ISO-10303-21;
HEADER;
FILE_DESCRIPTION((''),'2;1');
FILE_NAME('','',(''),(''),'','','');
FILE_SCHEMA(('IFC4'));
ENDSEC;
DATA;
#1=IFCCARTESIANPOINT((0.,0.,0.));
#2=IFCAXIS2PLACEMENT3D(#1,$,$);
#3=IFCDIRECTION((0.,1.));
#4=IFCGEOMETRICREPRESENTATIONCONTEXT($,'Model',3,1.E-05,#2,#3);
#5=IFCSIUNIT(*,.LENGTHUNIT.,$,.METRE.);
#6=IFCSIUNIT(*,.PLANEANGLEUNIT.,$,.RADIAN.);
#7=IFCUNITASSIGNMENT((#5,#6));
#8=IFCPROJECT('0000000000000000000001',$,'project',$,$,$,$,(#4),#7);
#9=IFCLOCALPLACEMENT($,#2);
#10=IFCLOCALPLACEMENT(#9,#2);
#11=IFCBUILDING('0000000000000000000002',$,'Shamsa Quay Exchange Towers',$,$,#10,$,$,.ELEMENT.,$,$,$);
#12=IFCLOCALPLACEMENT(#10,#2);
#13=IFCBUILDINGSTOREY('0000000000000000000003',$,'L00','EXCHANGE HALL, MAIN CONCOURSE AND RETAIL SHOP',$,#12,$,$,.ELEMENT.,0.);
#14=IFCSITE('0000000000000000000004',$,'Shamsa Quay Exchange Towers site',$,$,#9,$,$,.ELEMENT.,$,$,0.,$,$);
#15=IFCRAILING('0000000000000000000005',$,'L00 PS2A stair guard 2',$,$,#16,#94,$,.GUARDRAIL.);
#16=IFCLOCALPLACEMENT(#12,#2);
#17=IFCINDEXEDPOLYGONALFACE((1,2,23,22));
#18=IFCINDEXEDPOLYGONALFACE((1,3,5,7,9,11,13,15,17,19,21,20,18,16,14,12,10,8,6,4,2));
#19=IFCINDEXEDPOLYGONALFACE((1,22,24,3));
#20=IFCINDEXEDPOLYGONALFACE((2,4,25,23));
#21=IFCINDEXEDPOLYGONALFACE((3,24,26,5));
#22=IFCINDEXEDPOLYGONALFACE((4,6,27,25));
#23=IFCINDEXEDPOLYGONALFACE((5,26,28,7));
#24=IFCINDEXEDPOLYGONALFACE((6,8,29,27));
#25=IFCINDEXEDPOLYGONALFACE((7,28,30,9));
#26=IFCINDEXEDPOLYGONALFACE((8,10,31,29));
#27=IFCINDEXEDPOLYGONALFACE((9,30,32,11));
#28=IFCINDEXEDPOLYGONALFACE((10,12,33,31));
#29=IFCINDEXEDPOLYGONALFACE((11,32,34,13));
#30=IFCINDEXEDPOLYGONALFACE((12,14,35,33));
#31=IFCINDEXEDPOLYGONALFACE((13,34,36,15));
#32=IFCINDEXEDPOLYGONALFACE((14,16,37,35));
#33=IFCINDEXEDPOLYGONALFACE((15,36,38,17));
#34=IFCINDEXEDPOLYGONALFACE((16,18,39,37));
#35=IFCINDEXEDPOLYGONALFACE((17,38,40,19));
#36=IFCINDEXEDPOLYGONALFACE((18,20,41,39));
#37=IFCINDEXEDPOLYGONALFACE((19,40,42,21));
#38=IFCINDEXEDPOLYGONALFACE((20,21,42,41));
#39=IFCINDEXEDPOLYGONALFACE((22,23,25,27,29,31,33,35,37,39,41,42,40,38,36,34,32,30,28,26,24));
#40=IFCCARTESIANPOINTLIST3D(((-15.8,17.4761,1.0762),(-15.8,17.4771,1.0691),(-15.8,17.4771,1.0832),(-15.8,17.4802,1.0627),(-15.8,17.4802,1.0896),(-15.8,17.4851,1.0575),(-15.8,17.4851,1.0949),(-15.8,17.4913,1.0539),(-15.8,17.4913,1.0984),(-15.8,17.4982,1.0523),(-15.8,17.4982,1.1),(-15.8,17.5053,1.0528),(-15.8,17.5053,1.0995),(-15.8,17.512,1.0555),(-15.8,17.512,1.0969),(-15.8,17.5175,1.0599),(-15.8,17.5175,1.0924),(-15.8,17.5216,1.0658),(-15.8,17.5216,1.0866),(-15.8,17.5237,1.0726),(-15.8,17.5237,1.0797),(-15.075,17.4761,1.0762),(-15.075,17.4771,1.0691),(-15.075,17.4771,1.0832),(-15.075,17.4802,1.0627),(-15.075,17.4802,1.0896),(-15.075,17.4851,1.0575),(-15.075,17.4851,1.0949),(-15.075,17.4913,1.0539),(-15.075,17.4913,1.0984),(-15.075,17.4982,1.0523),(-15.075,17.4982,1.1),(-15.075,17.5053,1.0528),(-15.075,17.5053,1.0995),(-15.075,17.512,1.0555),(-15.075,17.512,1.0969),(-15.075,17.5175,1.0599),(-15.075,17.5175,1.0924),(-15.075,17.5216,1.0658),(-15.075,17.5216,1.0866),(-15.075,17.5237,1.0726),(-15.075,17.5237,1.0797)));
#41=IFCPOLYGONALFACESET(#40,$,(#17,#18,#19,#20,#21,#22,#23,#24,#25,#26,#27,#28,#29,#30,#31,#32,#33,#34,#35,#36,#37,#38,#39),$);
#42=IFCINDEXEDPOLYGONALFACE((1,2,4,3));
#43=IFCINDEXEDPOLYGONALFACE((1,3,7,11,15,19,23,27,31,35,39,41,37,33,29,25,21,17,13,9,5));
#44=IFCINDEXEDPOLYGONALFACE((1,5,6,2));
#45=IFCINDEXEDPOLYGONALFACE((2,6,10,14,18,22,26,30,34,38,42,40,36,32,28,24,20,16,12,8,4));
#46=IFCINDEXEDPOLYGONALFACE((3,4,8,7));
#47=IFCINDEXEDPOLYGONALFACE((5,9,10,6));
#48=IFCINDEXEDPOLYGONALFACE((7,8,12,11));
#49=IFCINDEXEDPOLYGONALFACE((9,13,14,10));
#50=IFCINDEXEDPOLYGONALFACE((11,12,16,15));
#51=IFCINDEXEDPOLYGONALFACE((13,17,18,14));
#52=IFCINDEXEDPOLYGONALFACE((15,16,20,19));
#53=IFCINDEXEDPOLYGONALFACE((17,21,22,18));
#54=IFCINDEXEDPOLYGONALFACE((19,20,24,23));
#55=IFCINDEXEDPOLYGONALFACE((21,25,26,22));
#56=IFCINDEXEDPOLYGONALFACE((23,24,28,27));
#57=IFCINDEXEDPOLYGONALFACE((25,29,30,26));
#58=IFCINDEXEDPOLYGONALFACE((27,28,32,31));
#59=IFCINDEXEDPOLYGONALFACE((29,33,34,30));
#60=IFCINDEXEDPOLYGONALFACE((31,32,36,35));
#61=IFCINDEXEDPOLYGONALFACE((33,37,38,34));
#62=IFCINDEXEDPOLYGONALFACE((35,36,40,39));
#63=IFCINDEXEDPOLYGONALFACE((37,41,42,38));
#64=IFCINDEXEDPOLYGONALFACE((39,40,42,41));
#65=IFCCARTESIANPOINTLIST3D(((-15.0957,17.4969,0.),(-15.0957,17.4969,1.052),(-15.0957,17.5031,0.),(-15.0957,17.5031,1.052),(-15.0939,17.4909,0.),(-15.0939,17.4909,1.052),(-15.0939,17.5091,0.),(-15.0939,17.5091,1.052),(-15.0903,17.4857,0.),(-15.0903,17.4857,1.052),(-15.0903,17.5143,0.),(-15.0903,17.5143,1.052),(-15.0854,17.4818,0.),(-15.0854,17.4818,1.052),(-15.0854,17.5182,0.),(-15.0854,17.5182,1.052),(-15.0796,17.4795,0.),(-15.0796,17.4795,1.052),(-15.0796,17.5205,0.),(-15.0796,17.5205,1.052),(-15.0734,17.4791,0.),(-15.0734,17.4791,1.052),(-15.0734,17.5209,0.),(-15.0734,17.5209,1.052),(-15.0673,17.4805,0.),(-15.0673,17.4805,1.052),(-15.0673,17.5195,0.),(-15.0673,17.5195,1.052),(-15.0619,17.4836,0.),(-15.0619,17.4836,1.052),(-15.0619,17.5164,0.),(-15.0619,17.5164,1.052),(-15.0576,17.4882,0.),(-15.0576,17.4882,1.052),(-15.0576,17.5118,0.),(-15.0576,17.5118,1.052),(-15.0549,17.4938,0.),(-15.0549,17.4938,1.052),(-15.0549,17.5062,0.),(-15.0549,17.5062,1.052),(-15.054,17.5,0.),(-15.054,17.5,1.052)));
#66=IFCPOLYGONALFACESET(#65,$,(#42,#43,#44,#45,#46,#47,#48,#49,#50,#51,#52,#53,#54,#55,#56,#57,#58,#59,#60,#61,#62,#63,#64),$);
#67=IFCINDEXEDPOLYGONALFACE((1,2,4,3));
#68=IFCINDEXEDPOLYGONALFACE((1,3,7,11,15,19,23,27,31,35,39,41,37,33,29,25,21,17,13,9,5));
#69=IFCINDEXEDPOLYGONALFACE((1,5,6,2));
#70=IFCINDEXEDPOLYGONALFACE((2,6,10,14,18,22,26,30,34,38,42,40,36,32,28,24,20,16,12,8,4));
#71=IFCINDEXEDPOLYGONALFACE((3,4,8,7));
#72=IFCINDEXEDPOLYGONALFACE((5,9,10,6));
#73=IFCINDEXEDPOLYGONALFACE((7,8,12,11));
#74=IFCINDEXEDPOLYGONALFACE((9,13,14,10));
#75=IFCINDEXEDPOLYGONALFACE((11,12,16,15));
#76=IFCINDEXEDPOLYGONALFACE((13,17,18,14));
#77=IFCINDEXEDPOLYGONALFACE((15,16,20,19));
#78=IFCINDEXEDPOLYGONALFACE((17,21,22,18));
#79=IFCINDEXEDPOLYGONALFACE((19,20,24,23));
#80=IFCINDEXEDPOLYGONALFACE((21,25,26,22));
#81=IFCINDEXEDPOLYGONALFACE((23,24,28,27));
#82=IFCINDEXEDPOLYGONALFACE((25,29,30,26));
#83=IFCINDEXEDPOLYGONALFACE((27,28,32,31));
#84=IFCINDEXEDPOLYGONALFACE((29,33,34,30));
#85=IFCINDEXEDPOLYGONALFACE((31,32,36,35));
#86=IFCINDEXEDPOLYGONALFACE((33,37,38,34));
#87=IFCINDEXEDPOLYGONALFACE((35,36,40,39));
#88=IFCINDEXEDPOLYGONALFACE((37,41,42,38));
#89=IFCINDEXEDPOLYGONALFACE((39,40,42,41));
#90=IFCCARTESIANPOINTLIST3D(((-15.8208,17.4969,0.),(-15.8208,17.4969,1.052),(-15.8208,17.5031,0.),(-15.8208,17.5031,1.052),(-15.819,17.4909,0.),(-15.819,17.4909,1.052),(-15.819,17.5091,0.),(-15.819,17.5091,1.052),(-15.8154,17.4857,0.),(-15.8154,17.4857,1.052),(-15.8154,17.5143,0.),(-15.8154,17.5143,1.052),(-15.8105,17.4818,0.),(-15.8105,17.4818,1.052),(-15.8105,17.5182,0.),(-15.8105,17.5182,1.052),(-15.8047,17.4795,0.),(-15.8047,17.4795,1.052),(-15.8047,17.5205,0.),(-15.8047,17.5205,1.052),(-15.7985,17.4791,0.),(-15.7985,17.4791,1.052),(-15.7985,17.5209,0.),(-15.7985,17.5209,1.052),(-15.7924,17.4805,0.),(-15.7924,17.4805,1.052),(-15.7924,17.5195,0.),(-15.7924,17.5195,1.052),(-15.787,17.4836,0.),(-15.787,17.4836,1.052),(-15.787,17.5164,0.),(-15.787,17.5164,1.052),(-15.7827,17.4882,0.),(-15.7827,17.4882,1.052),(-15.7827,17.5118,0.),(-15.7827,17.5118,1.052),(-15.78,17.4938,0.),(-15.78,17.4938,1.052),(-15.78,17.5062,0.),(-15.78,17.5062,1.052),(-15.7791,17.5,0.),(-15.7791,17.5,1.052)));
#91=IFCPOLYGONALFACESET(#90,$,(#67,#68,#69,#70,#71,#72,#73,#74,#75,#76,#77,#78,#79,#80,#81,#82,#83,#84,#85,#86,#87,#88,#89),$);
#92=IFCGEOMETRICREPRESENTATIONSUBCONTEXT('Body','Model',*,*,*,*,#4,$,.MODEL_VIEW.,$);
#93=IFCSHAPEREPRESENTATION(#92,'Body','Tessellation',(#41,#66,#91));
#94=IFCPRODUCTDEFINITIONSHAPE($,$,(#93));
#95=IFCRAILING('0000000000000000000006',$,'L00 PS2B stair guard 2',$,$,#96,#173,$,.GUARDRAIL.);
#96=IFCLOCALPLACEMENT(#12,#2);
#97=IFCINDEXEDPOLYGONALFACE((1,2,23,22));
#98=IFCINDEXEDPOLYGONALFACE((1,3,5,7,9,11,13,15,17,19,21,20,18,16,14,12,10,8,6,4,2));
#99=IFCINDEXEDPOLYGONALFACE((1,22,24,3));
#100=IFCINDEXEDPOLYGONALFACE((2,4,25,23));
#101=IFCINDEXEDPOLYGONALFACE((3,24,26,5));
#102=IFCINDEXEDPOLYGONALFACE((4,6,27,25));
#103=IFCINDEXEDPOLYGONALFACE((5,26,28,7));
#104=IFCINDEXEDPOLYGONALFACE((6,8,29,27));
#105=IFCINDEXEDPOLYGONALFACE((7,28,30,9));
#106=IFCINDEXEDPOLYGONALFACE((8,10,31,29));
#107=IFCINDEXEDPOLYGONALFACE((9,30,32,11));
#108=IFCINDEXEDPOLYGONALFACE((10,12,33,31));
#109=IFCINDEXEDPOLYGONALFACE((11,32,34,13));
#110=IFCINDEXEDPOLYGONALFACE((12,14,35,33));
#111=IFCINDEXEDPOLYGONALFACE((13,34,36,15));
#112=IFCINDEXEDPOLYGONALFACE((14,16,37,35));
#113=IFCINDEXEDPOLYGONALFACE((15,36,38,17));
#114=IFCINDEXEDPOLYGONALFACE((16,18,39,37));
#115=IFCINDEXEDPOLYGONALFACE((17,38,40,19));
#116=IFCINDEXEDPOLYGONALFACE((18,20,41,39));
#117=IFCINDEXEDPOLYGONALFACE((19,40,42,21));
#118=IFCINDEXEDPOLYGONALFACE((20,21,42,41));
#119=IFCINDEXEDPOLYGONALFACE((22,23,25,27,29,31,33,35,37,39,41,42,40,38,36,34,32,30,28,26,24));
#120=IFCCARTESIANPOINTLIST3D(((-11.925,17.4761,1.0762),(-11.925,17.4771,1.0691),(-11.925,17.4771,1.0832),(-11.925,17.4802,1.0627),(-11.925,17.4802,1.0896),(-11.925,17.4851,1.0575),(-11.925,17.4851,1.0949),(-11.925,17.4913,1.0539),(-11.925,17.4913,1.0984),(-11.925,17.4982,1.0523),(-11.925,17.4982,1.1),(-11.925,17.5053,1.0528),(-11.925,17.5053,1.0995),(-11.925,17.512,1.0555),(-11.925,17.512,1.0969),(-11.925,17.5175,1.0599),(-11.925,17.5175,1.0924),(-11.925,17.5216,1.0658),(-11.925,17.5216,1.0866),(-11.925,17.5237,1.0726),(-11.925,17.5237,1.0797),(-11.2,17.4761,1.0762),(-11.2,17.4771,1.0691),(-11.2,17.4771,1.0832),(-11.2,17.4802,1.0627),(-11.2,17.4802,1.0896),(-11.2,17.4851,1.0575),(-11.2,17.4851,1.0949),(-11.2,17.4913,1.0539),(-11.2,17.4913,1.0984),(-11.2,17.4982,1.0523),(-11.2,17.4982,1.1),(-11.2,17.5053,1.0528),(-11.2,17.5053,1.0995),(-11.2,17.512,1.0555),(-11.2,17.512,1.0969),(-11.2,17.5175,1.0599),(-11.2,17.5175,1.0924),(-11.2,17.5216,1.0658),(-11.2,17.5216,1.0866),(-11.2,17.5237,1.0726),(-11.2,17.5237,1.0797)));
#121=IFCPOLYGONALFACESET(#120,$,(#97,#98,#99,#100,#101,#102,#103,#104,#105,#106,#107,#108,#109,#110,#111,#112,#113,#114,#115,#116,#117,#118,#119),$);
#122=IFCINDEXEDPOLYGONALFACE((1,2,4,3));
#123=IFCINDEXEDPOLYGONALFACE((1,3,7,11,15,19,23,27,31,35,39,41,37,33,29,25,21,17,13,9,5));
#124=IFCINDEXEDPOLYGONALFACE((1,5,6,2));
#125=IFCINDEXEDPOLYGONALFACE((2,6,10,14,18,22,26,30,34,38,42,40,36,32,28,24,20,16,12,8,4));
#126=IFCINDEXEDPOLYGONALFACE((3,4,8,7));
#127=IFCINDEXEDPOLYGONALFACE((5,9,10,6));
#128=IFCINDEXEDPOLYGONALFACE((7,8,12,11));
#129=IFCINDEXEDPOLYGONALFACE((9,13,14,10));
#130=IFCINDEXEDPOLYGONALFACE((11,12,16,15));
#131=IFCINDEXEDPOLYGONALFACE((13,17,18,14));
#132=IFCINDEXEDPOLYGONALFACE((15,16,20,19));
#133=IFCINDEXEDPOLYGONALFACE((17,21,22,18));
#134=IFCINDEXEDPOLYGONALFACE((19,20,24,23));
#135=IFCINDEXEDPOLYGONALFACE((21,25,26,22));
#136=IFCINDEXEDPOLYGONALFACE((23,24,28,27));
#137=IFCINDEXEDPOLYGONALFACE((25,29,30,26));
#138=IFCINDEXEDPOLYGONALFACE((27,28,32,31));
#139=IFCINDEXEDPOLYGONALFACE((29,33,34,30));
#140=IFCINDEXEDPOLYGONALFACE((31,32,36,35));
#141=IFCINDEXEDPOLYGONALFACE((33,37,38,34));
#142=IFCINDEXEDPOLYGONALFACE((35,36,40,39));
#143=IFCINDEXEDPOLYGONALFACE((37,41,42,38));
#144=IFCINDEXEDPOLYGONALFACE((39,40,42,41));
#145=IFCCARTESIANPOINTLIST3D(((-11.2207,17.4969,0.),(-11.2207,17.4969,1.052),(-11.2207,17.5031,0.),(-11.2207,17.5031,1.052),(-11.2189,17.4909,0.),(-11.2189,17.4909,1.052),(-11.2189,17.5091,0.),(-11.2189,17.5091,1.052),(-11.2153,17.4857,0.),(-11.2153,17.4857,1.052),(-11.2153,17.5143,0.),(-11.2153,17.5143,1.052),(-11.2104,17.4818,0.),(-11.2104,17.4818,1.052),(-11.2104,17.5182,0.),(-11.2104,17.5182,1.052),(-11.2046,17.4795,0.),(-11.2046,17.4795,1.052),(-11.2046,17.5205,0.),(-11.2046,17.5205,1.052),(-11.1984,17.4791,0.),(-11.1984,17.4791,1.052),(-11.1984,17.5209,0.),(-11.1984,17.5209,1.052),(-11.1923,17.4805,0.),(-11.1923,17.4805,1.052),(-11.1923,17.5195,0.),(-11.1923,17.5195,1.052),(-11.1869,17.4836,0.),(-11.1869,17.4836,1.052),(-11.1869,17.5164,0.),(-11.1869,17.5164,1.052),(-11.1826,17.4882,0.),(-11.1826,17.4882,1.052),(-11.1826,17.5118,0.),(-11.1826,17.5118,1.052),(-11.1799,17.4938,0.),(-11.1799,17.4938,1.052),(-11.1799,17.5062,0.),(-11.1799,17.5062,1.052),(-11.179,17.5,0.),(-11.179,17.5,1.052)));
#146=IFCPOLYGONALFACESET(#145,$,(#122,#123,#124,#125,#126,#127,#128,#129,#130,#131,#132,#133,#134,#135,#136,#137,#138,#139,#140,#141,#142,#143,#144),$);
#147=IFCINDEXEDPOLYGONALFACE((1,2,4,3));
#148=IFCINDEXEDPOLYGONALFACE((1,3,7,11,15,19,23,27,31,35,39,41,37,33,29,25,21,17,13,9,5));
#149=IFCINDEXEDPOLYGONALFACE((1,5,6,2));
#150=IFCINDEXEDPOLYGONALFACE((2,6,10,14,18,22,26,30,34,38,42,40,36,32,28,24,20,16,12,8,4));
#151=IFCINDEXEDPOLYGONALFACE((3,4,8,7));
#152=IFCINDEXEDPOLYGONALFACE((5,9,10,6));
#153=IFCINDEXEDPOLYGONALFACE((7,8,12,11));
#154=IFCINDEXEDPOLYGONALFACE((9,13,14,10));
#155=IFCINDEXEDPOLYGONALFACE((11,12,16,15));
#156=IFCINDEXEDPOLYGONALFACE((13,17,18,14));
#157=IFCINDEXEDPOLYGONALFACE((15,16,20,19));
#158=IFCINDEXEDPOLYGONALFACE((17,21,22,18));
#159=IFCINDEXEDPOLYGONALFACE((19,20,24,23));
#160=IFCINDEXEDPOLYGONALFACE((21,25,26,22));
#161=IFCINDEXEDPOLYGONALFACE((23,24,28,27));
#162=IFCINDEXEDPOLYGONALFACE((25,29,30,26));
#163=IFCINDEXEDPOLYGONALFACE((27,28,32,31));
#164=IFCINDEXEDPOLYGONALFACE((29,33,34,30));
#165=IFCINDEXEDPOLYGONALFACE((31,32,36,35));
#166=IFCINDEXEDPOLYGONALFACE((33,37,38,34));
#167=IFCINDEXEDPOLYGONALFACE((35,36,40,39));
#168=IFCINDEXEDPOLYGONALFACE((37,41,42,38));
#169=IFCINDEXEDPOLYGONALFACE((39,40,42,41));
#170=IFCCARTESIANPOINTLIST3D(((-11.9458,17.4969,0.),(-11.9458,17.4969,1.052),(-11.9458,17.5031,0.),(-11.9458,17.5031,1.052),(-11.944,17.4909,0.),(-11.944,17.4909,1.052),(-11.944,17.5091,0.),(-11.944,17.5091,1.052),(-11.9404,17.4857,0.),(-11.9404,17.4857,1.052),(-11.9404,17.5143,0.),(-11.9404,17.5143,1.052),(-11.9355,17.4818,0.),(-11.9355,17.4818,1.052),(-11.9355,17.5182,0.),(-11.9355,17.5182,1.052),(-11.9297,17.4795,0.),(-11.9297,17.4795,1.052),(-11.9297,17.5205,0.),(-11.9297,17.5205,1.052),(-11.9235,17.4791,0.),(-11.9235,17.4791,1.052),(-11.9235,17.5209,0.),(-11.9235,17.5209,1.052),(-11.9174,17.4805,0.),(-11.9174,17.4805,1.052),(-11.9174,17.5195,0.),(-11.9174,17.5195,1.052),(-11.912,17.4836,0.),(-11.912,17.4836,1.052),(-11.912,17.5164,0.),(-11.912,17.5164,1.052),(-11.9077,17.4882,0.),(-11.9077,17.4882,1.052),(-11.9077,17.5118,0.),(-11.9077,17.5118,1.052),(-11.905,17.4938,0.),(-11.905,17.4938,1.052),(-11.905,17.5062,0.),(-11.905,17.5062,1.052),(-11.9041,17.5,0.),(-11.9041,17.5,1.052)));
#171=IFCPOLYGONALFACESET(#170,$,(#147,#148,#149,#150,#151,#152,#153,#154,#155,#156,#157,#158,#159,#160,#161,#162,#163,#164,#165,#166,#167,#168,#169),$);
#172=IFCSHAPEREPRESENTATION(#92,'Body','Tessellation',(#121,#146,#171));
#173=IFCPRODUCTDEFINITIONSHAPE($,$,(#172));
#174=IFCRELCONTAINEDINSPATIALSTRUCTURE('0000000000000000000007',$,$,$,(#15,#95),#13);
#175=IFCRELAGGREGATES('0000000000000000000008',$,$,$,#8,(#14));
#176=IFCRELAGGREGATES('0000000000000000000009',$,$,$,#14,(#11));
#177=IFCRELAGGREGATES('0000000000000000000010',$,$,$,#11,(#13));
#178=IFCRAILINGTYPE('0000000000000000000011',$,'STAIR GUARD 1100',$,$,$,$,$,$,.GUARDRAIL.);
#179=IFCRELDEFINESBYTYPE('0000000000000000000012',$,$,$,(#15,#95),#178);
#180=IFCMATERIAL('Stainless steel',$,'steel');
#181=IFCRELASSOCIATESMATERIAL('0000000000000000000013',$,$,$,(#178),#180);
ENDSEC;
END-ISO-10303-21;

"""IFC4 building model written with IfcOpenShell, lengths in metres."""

from ifc_helpers import new_model, si_unit, direction, frame, origin, origin_2d, place, context, subcontext, project, spatial, circle, extrude, material, type_object, element, save


model = new_model("IFC4")

# Units and contexts
model_context = context("Model", 3, precision=1e-05, world=origin(), true_north=direction((0.0, 1.0)))
body_context = subcontext(model_context, "Body", "Model", "MODEL_VIEW")
ifc_project = project(units=[si_unit("LENGTHUNIT", "METRE"), si_unit("PLANEANGLEUNIT", "RADIAN")], contexts=[model_context])

# Site, building, storey
site_placement = place(None, origin())
site = spatial("IfcSite", under=ifc_project, at=site_placement, Name="Shamsa Quay Exchange Towers site", CompositionType="ELEMENT", RefElevation=0.0)
building_placement = place(site_placement, origin())
building = spatial("IfcBuilding", under=site, at=building_placement, Name="Shamsa Quay Exchange Towers", CompositionType="ELEMENT")
storey_placement = place(building_placement, origin())
storey = spatial("IfcBuildingStorey", under=building, at=storey_placement, Name="L00", Description="EXCHANGE HALL, MAIN CONCOURSE AND RETAIL SHOP", CompositionType="ELEMENT", Elevation=0.0)

# Railings
ifc_material_1 = material(Name="Stainless steel", Category="steel")
railing_type_1 = type_object("IfcRailingType", Name="STAIR GUARD 1100", PredefinedType="GUARDRAIL", material=ifc_material_1)
railing_1_placement = place(storey_placement, frame((-15.075, 17.5, 0.0)))
element("IfcRailing", 1, at=railing_1_placement, inside=storey, type_object=railing_type_1, Name="L00 PS2A stair guard 2", PredefinedType="GUARDRAIL", context=body_context, shape_type="SweptSolid", body=[
    extrude(circle(Radius=0.0239, at=origin_2d()), frame((0.0, 0.0, 1.0762), z_axis=(-1.0, 0.0, 0.0), x_axis=(0.0, -1.0, 0.0)), (0.0, 0.0, 1.0), 0.7251),
    extrude(circle(Radius=0.021, at=origin_2d()), origin(), (0.0, 0.0, 1.0), 1.052),
    extrude(circle(Radius=0.021, at=origin_2d()), frame((-0.7251, 0.0, 0.0)), (0.0, 0.0, 1.0), 1.052),
])
railing_2_placement = place(storey_placement, frame((-11.2, 17.5, 0.0)))
element("IfcRailing", 2, at=railing_2_placement, inside=storey, type_object=railing_type_1, Name="L00 PS2B stair guard 2", PredefinedType="GUARDRAIL", context=body_context, shape_type="SweptSolid", body=[
    extrude(circle(Radius=0.0239, at=origin_2d()), frame((0.0, 0.0, 1.0762), z_axis=(-1.0, 0.0, 0.0), x_axis=(0.0, -1.0, 0.0)), (0.0, 0.0, 1.0), 0.7251),
    extrude(circle(Radius=0.021, at=origin_2d()), origin(), (0.0, 0.0, 1.0), 1.052),
    extrude(circle(Radius=0.021, at=origin_2d()), frame((-0.7251, 0.0, 0.0)), (0.0, 0.0, 1.0), 1.052),
])

save(model, "model.ifc")
